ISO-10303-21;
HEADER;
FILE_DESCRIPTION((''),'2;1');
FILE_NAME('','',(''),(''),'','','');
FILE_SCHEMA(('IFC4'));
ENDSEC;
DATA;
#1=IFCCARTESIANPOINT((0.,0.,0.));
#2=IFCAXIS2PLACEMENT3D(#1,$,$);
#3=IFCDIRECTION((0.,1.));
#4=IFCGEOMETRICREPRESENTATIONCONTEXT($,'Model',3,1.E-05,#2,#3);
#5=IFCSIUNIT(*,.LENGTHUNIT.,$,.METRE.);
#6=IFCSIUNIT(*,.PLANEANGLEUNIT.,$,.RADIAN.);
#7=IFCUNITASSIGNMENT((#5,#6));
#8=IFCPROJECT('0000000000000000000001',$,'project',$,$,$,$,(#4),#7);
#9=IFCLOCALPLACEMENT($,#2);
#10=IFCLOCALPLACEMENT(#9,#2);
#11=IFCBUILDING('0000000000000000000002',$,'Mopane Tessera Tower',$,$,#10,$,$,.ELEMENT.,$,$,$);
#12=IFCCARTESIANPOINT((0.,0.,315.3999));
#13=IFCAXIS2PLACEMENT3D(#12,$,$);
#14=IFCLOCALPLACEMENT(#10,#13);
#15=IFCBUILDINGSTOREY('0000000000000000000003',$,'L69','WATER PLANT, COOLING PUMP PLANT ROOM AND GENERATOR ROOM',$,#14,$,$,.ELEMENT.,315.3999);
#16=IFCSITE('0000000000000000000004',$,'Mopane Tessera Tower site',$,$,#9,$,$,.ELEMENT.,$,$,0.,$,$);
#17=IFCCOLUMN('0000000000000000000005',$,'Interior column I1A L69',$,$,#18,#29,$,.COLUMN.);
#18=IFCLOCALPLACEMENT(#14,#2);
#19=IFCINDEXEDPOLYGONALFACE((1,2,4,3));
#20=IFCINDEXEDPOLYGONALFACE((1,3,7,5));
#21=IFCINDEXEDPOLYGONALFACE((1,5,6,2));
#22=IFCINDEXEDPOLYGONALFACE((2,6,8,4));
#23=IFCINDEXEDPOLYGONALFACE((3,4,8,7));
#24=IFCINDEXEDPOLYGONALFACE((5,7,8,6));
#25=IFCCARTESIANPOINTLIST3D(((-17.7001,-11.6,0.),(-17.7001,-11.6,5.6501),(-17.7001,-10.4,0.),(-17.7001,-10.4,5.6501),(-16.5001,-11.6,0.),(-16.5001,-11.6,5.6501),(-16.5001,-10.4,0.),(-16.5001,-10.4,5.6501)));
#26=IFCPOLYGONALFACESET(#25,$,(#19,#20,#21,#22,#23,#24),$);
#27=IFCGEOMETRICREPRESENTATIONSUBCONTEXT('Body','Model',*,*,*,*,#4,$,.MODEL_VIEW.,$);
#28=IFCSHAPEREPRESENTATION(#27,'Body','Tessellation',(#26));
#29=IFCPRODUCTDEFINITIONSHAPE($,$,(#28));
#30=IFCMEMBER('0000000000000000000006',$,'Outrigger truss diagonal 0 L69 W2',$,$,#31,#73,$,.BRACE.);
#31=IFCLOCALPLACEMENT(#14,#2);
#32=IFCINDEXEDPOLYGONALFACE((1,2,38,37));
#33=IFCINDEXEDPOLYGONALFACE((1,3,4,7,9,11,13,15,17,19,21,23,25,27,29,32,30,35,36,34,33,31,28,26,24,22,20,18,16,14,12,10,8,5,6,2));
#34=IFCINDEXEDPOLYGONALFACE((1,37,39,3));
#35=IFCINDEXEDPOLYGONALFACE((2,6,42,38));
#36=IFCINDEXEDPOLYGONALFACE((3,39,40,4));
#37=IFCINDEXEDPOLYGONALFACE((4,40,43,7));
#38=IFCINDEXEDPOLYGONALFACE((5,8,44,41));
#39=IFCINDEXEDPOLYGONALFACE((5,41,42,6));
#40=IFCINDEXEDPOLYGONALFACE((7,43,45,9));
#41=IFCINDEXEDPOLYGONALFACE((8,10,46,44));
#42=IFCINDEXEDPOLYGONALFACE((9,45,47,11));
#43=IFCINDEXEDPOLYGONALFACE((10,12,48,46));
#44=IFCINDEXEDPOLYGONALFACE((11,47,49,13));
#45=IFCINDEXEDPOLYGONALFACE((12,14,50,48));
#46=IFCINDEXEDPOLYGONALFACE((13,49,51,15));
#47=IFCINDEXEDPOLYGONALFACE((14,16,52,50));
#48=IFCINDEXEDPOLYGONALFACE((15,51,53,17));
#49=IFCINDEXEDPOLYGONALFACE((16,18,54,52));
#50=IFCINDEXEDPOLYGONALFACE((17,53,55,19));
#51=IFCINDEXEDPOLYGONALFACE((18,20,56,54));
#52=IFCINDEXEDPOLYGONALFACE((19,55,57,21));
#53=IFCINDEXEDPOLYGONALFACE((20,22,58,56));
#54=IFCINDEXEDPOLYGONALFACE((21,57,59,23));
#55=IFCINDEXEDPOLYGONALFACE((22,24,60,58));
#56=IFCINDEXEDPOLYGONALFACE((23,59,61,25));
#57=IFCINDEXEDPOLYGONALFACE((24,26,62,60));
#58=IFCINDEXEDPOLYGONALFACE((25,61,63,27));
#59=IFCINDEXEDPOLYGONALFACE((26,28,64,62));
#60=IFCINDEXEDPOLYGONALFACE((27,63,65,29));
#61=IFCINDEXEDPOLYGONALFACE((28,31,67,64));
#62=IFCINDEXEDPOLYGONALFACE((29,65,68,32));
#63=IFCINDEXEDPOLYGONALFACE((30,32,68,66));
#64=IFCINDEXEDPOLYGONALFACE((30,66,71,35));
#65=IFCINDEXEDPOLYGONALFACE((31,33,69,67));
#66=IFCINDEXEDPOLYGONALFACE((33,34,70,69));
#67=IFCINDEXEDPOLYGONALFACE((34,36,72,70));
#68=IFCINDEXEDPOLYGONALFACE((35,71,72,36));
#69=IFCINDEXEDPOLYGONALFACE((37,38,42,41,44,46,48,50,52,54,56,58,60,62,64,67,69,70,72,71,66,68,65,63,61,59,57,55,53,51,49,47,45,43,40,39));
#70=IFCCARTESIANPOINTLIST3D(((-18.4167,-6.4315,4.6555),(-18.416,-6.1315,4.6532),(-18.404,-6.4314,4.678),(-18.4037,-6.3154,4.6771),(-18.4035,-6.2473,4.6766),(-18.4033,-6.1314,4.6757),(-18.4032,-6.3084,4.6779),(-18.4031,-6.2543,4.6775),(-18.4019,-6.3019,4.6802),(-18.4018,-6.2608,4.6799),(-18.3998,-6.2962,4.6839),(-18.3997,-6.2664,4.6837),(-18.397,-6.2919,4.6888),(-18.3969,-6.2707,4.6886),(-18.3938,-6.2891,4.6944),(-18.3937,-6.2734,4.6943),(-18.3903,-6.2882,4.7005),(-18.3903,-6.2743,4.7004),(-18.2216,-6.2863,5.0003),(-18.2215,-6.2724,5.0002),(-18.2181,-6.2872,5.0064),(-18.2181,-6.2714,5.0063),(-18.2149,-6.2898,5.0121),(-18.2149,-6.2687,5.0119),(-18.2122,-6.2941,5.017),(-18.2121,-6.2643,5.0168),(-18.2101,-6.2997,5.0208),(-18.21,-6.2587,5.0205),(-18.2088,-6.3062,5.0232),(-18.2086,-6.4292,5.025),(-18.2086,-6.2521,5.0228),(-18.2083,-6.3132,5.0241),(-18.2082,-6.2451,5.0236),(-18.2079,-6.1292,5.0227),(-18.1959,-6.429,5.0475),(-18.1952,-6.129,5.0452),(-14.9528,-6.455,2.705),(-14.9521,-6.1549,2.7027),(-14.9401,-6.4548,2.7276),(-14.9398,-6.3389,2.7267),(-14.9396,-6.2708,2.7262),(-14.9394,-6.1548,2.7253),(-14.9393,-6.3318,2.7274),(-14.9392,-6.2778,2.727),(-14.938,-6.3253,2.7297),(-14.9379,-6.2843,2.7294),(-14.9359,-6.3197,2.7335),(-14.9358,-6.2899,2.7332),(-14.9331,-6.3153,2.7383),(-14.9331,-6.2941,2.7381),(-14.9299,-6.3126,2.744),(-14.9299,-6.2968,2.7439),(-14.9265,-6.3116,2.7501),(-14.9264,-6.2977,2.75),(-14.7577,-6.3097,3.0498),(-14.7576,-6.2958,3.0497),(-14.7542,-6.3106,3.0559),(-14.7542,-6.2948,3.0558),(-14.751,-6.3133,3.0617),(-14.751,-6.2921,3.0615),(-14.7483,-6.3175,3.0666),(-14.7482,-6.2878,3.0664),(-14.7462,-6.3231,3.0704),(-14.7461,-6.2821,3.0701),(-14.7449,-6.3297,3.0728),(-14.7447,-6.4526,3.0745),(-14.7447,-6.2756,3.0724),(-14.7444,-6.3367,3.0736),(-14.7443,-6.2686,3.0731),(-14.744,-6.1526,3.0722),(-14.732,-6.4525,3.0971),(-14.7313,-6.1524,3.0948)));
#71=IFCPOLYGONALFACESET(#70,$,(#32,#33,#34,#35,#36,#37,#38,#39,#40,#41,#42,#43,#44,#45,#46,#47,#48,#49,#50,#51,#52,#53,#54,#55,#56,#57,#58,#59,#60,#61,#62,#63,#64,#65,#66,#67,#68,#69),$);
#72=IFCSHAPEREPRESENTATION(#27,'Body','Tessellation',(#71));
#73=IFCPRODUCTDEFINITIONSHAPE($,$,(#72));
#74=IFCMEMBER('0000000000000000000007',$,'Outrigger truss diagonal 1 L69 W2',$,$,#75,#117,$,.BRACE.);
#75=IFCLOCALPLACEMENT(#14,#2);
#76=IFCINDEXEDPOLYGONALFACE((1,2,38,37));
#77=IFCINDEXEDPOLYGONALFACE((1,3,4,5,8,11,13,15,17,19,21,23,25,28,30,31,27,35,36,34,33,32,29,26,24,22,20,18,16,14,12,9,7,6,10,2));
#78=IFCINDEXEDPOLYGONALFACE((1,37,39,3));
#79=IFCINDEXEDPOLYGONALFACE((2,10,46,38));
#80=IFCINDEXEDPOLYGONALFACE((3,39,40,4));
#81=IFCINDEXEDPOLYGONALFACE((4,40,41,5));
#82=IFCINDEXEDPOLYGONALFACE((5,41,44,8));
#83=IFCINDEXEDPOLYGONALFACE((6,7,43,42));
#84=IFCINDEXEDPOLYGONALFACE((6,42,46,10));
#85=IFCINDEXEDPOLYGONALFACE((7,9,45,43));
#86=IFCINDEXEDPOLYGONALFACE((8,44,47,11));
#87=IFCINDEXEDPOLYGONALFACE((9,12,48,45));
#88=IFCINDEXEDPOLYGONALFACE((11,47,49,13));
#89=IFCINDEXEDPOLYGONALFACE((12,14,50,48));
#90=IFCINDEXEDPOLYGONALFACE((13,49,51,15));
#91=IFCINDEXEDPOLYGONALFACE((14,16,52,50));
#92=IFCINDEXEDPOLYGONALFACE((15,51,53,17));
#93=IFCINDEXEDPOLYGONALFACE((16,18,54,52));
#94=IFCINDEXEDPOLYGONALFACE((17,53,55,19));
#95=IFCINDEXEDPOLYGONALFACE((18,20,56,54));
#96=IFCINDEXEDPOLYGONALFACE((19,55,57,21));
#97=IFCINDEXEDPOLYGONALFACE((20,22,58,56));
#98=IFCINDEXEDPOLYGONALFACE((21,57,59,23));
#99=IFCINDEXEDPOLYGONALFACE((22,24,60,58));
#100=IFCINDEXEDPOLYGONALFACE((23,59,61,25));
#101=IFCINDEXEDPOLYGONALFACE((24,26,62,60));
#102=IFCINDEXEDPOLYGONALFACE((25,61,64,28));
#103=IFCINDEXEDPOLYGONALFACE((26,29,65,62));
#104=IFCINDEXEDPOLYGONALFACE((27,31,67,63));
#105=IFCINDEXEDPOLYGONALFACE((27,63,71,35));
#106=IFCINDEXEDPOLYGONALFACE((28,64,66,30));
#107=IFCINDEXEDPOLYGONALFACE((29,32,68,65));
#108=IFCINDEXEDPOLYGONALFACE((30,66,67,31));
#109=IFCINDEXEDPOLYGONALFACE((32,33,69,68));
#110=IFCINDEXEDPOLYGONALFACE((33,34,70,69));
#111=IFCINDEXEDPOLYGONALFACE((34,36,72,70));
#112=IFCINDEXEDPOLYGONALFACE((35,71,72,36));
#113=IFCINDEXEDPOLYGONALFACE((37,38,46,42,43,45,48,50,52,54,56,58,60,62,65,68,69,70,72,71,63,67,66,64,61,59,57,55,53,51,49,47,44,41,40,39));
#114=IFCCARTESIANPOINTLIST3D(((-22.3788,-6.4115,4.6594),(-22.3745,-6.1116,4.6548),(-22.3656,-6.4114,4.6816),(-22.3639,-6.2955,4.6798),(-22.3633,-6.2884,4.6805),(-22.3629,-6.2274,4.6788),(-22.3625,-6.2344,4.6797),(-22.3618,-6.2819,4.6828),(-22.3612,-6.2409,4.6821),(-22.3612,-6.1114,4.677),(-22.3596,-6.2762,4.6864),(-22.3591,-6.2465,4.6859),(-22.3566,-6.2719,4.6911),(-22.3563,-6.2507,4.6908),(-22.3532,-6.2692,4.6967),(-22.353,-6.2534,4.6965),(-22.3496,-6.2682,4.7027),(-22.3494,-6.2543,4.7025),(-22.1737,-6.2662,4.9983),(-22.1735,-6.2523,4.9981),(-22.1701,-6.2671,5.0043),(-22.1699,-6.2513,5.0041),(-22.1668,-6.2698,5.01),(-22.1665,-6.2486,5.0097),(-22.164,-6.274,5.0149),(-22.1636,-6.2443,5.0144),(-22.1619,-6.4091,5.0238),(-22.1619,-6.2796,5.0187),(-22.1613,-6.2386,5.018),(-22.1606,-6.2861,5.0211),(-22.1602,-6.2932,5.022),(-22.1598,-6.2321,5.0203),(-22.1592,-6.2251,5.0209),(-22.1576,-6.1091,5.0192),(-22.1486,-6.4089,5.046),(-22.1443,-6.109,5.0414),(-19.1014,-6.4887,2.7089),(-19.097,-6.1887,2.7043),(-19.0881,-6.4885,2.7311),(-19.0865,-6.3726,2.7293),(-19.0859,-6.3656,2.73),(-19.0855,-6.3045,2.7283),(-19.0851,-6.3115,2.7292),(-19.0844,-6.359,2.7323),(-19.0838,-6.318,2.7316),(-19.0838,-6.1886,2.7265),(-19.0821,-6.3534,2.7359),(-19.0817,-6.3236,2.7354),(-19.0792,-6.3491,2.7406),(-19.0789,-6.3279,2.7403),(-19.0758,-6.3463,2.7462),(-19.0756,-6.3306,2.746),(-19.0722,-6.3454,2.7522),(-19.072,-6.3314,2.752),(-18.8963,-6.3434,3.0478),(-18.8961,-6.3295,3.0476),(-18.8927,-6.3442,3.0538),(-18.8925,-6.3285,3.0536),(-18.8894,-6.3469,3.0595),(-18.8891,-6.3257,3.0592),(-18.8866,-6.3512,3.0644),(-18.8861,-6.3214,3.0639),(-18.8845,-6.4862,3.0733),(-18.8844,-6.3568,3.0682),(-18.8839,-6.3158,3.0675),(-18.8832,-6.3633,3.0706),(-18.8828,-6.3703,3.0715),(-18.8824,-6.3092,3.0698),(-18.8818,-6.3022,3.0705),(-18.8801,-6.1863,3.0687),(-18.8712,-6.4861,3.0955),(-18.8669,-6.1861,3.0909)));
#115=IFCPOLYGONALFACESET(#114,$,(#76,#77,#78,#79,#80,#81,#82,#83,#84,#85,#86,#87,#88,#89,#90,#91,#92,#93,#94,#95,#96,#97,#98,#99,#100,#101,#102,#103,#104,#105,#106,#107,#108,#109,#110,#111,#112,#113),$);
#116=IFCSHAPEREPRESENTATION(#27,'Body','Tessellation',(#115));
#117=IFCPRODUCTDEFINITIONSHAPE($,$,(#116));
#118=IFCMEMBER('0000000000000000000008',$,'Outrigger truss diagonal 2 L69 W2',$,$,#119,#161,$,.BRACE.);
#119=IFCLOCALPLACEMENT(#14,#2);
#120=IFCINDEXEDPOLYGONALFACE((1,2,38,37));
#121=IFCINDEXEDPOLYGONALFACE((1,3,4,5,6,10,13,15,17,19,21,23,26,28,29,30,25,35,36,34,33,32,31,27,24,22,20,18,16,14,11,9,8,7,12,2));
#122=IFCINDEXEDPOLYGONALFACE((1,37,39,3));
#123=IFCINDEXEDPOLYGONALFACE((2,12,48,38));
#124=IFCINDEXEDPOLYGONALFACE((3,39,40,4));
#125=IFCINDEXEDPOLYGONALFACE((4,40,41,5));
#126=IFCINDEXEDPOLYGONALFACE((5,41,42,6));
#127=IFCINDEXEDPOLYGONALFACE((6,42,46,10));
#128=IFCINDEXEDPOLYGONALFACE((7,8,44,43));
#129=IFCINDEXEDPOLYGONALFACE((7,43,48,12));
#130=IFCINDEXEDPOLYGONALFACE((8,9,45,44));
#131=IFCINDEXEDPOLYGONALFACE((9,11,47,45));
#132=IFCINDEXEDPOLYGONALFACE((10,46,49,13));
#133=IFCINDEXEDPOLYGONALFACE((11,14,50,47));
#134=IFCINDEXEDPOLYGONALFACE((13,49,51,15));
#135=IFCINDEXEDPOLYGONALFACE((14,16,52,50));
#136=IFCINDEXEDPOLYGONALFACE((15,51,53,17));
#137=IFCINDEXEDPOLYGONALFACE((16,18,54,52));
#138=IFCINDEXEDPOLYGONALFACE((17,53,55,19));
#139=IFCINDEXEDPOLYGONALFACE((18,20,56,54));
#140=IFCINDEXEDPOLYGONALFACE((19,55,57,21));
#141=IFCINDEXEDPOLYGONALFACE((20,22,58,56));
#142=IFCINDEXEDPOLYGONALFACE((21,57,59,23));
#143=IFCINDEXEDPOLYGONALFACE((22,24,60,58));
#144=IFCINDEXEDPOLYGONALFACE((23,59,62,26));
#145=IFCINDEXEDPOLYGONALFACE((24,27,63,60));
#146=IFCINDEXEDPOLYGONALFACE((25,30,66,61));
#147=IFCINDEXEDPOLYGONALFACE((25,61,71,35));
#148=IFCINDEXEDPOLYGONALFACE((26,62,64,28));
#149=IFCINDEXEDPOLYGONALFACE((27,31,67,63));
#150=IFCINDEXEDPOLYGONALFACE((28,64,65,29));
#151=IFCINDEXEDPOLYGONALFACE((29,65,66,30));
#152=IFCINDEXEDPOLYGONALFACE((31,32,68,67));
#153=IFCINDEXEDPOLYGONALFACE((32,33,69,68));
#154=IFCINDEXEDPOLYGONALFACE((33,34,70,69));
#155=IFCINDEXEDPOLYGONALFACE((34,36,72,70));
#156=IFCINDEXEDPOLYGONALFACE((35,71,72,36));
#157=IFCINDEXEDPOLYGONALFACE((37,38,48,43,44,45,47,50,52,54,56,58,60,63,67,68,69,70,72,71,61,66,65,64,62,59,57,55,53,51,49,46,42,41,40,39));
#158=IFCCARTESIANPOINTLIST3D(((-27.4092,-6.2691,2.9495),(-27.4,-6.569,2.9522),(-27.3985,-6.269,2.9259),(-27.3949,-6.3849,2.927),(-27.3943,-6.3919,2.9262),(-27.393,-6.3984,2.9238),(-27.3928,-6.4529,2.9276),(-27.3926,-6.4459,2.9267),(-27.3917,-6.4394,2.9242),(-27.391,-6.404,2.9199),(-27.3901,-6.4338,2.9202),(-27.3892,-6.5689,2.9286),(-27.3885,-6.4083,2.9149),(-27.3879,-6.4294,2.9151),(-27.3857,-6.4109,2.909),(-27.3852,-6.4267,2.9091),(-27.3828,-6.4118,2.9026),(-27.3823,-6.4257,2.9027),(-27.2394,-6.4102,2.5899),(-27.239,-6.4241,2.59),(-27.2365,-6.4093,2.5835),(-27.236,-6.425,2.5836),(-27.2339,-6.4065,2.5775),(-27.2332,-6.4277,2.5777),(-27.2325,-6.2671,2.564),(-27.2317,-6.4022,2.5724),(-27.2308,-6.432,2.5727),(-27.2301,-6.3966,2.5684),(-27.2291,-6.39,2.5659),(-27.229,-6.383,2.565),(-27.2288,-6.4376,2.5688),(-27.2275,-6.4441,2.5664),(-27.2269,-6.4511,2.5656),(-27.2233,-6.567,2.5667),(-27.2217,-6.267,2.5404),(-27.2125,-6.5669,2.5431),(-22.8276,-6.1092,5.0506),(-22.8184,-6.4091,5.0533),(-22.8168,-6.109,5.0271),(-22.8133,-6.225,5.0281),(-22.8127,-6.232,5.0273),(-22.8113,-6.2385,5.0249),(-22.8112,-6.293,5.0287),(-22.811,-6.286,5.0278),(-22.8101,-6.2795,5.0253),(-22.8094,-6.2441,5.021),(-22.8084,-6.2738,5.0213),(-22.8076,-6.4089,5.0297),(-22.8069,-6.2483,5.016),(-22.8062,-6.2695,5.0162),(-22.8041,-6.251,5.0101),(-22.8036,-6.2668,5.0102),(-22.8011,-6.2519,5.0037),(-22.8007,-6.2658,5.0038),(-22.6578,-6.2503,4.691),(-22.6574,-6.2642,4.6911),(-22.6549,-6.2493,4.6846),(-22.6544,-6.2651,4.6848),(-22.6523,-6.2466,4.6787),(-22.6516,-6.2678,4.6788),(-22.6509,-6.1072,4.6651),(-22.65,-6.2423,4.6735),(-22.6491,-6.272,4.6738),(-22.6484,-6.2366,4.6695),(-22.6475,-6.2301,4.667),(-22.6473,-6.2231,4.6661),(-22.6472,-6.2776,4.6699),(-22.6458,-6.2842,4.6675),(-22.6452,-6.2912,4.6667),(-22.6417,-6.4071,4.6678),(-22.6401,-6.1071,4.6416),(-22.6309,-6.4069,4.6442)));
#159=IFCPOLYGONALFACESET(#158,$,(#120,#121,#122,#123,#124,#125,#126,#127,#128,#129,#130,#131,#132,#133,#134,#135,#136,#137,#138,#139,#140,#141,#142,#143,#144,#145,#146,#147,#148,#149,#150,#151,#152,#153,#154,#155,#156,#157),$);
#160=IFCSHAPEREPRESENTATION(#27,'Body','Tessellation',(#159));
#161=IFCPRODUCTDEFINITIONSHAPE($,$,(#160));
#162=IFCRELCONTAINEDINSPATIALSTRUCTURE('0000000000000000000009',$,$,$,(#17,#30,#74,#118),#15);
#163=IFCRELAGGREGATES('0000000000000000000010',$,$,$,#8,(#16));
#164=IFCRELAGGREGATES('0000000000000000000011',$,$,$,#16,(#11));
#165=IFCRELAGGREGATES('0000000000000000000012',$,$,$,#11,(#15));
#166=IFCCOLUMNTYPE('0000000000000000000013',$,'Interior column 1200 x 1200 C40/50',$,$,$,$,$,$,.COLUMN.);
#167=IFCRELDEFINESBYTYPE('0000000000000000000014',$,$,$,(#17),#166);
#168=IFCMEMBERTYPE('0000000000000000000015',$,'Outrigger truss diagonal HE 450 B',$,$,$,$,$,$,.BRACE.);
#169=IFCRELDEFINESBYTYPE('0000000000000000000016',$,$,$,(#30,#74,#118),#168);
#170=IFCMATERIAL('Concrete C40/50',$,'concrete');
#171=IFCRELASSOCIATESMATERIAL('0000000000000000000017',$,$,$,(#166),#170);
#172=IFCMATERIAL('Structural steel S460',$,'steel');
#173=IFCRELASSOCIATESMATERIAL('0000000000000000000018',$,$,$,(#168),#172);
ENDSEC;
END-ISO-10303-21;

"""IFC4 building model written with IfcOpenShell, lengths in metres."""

from ifc_helpers import new_model, si_unit, direction, frame, origin, origin_2d, place, context, subcontext, project, spatial, rectangle, i_section, extrude, material, material_profile, profile_set, type_object, element, save


model = new_model("IFC4")

# Units and contexts
model_context = context("Model", 3, precision=1e-05, world=origin(), true_north=direction((0.0, 1.0)))
body_context = subcontext(model_context, "Body", "Model", "MODEL_VIEW")
ifc_project = project(units=[si_unit("LENGTHUNIT", "METRE"), si_unit("PLANEANGLEUNIT", "RADIAN")], contexts=[model_context])

# Site, building, storey
site_placement = place(None, origin())
site = spatial("IfcSite", under=ifc_project, at=site_placement, Name="Mopane Tessera Tower site", CompositionType="ELEMENT", RefElevation=0.0)
building_placement = place(site_placement, origin())
building = spatial("IfcBuilding", under=site, at=building_placement, Name="Mopane Tessera Tower", CompositionType="ELEMENT")
storey_placement = place(building_placement, frame((0.0, 0.0, 315.3999)))
storey = spatial("IfcBuildingStorey", under=building, at=storey_placement, Name="L69", Description="WATER PLANT, COOLING PUMP PLANT ROOM AND GENERATOR ROOM", CompositionType="ELEMENT", Elevation=315.3999)

# Column
ifc_material_1 = material(Name="Concrete C40/50", Category="concrete")
ifc_material_profile_1 = material_profile(ifc_material_1, rectangle(XDim=1.2, YDim=1.2, at=origin_2d()))
ifc_profile_set_1 = profile_set([ifc_material_profile_1], Name="Concrete C40/50")
column_type = type_object("IfcColumnType", Name="Interior column 1200 x 1200 C40/50", PredefinedType="COLUMN", material=ifc_profile_set_1)
column_placement = place(storey_placement, frame((-17.1001, -11.0, 0.0), z_axis=(0.0, 0.0, 1.0), x_axis=(1.0, 0.0, 0.0)))
element("IfcColumn", 1, at=column_placement, inside=storey, type_object=column_type, Name="Interior column I1A L69", PredefinedType="COLUMN", context=body_context, shape_type="SweptSolid", body=[
    extrude(rectangle(XDim=1.2, YDim=1.2, at=origin_2d()), origin(), (0.0, 0.0, 1.0), 5.6501),
])

# Members
ifc_material_2 = material(Name="Structural steel S460", Category="steel")
ifc_material_profile_2 = material_profile(ifc_material_2, i_section(OverallWidth=0.3, OverallDepth=0.45, WebThickness=0.0139, FlangeThickness=0.0259, FilletRadius=0.0271, at=origin_2d()))
ifc_profile_set_2 = profile_set([ifc_material_profile_2], Name="Structural steel S460")
member_type_1 = type_object("IfcMemberType", Name="Outrigger truss diagonal HE 450 B", PredefinedType="BRACE", material=ifc_profile_set_2)
member_1_placement = place(storey_placement, frame((-14.842, -6.3037, 2.8999), z_axis=(-0.871344, 0.005896, 0.490638), x_axis=(-0.002425, -0.999967, 0.007709)))
element("IfcMember", 2, at=member_1_placement, inside=storey, type_object=member_type_1, Name="Outrigger truss diagonal 0 L69 W2", PredefinedType="BRACE", context=body_context, shape_type="SweptSolid", body=[
    extrude(i_section(OverallWidth=0.3, OverallDepth=0.45, WebThickness=0.0139, FlangeThickness=0.0259, FilletRadius=0.0271, at=origin_2d()), origin(), (0.0, 0.0, 1.0), 3.9753),
])
member_2_placement = place(storey_placement, frame((-18.9841, -6.3374, 2.8999), z_axis=(-0.859159, 0.020225, 0.511309), x_axis=(-0.014427, -0.999779, 0.015304)))
element("IfcMember", 3, at=member_2_placement, inside=storey, type_object=member_type_1, Name="Outrigger truss diagonal 1 L69 W2", PredefinedType="BRACE", context=body_context, shape_type="SweptSolid", body=[
    extrude(i_section(OverallWidth=0.3, OverallDepth=0.45, WebThickness=0.0139, FlangeThickness=0.0259, FilletRadius=0.0271, at=origin_2d()), origin(), (0.0, 0.0, 1.0), 3.8147),
])
member_3_placement = place(storey_placement, frame((-22.7292, -6.2581, 4.8474), z_axis=(-0.908517, -0.03171, -0.416642), x_axis=(0.030782, -0.999486, 0.008947)))
element("IfcMember", 4, at=member_3_placement, inside=storey, type_object=member_type_1, Name="Outrigger truss diagonal 2 L69 W2", PredefinedType="BRACE", context=body_context, shape_type="SweptSolid", body=[
    extrude(i_section(OverallWidth=0.3, OverallDepth=0.45, WebThickness=0.0139, FlangeThickness=0.0259, FilletRadius=0.0271, at=origin_2d()), origin(), (0.0, 0.0, 1.0), 5.043),
])

save(model, "model.ifc")
